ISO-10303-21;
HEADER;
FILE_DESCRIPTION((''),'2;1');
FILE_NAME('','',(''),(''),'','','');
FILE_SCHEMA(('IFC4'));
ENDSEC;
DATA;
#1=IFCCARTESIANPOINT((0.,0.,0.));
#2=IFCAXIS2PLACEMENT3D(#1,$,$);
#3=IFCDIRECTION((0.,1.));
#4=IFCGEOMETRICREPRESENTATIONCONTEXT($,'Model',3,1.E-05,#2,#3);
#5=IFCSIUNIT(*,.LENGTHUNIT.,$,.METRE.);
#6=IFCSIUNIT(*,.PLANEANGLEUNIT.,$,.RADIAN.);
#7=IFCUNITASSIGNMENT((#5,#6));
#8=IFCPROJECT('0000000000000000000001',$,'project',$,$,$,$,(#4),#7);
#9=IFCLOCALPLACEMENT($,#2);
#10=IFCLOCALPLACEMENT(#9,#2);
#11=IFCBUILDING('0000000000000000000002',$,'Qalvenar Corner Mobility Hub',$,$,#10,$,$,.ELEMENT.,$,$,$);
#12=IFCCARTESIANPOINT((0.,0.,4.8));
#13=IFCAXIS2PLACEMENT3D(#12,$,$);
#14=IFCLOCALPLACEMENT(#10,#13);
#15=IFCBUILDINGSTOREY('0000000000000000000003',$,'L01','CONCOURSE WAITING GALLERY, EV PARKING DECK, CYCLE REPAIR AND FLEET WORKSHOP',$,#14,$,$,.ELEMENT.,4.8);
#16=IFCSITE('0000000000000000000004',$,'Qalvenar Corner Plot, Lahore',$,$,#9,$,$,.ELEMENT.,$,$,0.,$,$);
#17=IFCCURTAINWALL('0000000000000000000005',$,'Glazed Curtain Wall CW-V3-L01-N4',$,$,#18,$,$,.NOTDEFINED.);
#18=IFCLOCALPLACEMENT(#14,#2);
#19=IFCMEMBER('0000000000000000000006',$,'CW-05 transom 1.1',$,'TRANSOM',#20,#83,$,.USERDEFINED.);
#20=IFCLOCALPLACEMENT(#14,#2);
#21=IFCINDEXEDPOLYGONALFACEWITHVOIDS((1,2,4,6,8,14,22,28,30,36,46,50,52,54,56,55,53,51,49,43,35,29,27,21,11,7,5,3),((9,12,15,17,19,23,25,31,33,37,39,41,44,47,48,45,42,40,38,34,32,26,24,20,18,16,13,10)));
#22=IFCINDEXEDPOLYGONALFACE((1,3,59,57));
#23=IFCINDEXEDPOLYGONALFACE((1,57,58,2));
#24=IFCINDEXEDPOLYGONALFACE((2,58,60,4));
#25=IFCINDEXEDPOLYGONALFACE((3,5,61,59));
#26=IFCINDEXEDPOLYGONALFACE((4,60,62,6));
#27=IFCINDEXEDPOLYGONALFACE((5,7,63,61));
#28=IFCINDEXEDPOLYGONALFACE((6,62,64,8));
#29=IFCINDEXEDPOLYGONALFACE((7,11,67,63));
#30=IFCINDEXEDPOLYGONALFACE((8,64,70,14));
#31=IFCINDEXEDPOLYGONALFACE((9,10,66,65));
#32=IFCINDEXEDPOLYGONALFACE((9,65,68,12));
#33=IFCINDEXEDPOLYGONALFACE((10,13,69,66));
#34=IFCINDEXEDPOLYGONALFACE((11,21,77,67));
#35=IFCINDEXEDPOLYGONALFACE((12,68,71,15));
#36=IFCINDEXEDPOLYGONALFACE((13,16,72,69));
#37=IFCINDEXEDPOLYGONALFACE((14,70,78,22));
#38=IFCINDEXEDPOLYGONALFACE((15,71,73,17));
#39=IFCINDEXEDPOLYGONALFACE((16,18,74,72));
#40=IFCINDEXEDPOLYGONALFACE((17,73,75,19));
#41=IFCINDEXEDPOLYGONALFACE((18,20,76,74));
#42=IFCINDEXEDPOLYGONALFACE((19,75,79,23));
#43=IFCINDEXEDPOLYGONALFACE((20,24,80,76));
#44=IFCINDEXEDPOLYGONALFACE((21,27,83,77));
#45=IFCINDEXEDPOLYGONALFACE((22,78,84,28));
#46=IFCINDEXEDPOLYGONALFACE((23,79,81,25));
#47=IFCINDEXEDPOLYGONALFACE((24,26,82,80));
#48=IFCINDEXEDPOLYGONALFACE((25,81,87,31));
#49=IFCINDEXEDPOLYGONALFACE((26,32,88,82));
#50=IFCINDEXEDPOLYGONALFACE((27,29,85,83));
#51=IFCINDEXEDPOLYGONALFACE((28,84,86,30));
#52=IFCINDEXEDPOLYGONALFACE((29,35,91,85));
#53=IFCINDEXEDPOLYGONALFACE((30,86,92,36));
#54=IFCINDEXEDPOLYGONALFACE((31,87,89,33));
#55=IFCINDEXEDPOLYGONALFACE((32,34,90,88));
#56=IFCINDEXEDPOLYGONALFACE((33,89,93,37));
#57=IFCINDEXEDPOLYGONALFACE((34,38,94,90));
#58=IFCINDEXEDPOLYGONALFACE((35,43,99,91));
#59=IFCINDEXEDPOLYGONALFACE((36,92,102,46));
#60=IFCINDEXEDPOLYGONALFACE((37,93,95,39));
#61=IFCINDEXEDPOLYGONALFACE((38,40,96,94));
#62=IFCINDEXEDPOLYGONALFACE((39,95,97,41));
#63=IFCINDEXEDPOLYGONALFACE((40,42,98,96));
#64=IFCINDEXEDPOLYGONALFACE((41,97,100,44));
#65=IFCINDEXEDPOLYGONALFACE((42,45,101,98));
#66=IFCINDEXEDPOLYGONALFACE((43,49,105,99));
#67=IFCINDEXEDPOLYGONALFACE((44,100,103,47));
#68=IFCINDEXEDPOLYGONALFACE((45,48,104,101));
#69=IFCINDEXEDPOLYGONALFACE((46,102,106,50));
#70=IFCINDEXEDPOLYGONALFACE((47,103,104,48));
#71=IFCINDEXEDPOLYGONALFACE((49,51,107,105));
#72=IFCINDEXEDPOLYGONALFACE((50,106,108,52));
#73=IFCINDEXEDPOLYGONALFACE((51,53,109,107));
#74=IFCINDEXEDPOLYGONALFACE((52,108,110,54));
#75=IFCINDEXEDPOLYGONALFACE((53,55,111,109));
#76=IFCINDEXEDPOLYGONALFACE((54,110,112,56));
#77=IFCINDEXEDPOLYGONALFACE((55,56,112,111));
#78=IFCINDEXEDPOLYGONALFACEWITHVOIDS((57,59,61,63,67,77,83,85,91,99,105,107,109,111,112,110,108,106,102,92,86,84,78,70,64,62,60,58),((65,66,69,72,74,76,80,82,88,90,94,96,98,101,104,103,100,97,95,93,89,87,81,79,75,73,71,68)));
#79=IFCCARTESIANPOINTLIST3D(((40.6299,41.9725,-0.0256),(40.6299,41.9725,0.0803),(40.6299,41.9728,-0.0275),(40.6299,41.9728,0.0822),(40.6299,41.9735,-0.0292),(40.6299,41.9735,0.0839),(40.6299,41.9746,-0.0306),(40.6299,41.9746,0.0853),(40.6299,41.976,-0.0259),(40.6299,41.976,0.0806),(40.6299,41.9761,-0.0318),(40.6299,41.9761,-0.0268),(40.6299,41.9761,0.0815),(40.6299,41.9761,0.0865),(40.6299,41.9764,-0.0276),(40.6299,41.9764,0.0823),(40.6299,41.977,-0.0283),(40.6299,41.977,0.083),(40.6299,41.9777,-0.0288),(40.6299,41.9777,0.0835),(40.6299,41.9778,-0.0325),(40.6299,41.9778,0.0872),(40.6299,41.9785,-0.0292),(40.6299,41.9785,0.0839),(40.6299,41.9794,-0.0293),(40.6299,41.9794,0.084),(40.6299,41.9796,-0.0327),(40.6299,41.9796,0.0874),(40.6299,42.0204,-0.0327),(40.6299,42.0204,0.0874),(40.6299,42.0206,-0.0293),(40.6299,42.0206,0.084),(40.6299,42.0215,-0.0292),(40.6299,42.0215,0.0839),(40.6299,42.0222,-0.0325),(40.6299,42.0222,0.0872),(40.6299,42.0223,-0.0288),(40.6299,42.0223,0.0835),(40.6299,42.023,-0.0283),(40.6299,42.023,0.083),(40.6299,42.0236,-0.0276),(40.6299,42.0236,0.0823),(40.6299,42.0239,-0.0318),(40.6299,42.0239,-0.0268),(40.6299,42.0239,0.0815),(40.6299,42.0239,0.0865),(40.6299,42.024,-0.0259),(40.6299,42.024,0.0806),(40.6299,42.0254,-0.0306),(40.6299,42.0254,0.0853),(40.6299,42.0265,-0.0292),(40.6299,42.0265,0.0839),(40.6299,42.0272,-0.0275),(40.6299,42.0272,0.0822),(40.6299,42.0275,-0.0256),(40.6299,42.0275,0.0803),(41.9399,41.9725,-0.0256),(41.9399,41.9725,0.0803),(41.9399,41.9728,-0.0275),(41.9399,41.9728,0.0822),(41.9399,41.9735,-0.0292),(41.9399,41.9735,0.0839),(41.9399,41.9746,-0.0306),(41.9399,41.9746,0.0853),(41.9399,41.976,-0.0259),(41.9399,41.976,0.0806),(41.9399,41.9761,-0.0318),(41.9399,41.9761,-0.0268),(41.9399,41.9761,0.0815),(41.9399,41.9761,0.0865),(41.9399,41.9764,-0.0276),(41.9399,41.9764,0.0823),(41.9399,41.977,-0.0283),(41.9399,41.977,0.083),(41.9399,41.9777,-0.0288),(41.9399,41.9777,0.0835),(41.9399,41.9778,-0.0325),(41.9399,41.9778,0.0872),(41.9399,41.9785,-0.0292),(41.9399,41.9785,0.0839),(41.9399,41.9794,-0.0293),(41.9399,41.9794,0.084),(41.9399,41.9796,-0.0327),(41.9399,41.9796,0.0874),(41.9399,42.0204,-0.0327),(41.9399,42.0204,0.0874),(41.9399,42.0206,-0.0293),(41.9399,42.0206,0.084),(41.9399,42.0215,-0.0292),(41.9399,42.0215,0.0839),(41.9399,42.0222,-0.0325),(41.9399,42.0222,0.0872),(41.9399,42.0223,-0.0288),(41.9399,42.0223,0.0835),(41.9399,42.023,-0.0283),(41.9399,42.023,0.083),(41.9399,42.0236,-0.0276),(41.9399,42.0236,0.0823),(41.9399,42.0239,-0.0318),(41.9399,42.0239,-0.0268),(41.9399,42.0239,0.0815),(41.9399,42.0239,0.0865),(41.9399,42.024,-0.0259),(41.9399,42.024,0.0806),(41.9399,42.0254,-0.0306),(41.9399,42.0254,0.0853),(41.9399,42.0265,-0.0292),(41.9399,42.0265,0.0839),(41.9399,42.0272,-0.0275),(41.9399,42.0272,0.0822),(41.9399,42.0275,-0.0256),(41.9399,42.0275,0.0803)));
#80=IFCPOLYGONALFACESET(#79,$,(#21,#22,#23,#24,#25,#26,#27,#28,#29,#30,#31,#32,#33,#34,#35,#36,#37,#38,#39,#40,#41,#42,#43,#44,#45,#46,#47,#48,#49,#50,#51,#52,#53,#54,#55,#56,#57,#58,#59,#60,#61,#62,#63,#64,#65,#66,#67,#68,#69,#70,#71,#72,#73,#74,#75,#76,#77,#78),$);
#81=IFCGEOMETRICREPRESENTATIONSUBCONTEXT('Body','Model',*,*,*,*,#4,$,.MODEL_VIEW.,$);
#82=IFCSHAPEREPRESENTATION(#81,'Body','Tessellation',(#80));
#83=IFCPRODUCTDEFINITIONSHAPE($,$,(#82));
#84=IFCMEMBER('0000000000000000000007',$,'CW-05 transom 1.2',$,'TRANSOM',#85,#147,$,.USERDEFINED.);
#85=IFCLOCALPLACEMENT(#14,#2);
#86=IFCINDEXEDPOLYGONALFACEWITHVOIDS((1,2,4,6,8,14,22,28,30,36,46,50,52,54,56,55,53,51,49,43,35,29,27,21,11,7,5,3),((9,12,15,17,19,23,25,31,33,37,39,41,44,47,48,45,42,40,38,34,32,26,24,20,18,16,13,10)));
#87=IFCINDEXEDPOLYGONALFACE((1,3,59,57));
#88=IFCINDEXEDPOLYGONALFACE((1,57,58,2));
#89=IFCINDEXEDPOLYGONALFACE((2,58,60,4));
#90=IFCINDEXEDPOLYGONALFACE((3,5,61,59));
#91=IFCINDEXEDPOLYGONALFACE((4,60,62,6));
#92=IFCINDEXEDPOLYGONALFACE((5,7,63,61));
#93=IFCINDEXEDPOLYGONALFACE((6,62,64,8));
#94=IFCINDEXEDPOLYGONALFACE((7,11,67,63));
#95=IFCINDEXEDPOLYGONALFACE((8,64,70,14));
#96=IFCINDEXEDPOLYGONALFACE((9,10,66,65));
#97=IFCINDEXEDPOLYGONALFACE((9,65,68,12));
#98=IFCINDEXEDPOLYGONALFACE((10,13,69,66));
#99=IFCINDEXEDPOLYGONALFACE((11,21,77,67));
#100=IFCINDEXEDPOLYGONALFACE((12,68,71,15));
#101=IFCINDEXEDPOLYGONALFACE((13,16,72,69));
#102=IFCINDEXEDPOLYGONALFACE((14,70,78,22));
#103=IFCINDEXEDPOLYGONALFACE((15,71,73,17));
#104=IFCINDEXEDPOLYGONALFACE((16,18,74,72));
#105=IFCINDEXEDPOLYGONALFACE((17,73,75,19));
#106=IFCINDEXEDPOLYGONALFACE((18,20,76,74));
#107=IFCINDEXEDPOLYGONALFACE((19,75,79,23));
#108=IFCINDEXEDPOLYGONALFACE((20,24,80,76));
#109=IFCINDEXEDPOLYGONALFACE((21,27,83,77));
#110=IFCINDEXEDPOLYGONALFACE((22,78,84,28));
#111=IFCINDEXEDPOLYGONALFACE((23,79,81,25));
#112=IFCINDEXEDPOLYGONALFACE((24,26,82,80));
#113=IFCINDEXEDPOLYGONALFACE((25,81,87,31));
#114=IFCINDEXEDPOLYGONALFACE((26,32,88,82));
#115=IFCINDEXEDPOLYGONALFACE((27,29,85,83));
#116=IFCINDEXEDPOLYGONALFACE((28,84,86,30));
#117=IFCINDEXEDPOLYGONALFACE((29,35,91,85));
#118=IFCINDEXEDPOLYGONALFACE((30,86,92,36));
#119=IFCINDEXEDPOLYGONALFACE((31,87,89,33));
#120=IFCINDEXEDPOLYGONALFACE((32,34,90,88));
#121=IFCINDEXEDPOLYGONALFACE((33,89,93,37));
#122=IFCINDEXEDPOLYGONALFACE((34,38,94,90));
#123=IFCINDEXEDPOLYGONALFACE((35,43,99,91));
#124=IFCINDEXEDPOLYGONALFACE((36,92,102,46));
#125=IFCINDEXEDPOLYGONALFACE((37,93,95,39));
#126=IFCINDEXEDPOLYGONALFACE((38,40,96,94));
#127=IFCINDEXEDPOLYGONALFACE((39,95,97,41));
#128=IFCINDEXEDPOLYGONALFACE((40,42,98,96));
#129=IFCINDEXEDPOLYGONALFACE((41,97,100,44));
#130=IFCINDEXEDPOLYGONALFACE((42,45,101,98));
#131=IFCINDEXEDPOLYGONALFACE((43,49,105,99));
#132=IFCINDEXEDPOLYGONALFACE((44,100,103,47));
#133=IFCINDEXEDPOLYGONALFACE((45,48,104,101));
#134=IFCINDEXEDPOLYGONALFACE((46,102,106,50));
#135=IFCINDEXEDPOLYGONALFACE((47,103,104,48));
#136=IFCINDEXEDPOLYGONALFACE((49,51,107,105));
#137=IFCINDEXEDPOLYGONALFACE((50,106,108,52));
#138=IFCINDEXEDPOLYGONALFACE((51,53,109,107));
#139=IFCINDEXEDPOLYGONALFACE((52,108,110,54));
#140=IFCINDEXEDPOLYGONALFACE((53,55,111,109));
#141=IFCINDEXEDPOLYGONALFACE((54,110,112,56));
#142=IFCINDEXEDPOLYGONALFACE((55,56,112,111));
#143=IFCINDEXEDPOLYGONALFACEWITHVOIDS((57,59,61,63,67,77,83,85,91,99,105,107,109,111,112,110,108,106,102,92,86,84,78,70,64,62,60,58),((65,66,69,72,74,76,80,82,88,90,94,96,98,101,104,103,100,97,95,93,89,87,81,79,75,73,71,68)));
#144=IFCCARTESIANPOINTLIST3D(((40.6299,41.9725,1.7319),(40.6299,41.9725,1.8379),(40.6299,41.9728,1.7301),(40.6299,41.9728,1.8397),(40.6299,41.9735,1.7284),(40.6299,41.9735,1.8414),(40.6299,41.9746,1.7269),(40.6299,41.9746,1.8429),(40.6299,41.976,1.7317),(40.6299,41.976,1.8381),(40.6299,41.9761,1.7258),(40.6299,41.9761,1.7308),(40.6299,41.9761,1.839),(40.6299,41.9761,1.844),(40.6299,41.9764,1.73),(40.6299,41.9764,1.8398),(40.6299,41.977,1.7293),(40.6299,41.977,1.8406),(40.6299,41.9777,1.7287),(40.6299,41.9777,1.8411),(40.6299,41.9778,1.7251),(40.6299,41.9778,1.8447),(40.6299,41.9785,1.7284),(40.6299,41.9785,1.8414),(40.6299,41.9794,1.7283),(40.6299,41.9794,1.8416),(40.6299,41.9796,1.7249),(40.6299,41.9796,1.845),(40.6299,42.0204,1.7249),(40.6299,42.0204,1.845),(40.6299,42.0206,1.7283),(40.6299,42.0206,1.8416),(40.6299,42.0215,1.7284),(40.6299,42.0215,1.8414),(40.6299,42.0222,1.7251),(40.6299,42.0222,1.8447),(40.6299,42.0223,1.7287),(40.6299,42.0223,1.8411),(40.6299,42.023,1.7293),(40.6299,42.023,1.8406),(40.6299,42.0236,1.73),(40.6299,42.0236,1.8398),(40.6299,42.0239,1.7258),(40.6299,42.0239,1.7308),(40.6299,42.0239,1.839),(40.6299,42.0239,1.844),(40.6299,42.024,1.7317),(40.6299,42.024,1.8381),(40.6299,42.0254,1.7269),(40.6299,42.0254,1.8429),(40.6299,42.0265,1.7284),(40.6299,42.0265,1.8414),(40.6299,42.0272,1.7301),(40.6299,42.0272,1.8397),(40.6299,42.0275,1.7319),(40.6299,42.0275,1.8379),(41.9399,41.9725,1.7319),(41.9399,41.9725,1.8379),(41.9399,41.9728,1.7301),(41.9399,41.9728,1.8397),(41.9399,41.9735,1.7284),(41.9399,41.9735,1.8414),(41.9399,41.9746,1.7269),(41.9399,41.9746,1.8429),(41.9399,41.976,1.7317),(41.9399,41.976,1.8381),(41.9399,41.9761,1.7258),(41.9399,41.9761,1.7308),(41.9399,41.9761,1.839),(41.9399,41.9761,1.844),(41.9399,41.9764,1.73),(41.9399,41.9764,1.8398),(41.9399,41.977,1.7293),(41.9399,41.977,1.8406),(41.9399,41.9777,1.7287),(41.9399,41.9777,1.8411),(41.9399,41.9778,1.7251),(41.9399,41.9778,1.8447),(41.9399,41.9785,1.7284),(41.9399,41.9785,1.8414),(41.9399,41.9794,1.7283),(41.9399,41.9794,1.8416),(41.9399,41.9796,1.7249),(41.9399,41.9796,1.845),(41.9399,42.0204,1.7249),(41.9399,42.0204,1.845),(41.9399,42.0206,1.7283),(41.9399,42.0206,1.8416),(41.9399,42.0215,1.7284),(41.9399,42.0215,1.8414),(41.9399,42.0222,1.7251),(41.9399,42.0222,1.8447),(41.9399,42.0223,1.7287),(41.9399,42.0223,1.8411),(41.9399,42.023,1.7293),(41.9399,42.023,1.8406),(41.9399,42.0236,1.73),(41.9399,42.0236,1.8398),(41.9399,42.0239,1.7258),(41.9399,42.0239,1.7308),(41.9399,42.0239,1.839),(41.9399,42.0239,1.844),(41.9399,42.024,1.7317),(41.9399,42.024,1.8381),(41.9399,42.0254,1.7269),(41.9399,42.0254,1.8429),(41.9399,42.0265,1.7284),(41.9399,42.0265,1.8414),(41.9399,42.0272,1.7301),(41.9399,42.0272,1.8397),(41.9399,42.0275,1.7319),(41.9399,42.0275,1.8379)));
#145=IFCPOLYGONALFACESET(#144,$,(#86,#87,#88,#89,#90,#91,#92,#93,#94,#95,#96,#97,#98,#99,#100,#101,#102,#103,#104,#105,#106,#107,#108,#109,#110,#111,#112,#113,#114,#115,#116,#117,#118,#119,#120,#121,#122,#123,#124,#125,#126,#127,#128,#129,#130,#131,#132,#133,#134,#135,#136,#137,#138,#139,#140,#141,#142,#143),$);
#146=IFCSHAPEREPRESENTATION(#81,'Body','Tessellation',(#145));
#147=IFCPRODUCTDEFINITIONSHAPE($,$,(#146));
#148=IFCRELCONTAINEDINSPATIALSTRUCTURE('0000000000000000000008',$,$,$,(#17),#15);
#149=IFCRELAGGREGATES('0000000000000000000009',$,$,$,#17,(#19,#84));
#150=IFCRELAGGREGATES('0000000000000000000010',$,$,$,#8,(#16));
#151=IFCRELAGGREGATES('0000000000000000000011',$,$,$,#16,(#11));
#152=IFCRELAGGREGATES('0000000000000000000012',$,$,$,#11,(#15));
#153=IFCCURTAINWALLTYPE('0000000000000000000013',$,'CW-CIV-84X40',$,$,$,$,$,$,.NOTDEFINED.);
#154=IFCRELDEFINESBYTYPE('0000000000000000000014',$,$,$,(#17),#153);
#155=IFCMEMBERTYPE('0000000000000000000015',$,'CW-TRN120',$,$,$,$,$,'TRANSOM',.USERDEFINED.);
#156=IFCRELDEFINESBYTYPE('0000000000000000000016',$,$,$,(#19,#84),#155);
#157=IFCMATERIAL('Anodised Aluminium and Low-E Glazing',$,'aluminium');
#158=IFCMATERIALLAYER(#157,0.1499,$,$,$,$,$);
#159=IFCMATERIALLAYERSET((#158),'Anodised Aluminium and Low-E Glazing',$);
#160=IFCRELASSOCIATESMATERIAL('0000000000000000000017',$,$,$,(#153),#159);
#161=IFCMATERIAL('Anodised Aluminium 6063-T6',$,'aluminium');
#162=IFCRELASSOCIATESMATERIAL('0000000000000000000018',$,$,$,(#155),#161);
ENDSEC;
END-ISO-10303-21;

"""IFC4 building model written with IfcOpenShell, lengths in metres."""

from ifc_helpers import new_model, si_unit, direction, frame, origin, origin_2d, place, context, subcontext, project, spatial, hollow_rectangle, extrude, material, layer, layer_set, material_profile, profile_set, type_object, element, aggregate, save


model = new_model("IFC4")

# Units and contexts
model_context = context("Model", 3, precision=1e-05, world=origin(), true_north=direction((0.0, 1.0)))
body_context = subcontext(model_context, "Body", "Model", "MODEL_VIEW")
ifc_project = project(units=[si_unit("LENGTHUNIT", "METRE"), si_unit("PLANEANGLEUNIT", "RADIAN")], contexts=[model_context])

# Site, building, storey
site_placement = place(None, origin())
site = spatial("IfcSite", under=ifc_project, at=site_placement, Name="Qalvenar Corner Plot, Lahore", CompositionType="ELEMENT", RefElevation=0.0)
building_placement = place(site_placement, origin())
building = spatial("IfcBuilding", under=site, at=building_placement, Name="Qalvenar Corner Mobility Hub", CompositionType="ELEMENT")
storey_placement = place(building_placement, frame((0.0, 0.0, 4.8)))
storey = spatial("IfcBuildingStorey", under=building, at=storey_placement, Name="L01", Description="CONCOURSE WAITING GALLERY, EV PARKING DECK, CYCLE REPAIR AND FLEET WORKSHOP", CompositionType="ELEMENT", Elevation=4.8)

# Shared definitions
ifc_material_1 = material(Name="Anodised Aluminium and Low-E Glazing", Category="aluminium")
ifc_material_2 = material(Name="Anodised Aluminium 6063-T6", Category="aluminium")

# Curtain wall
ifc_layer_1 = layer(ifc_material_1, 0.1499)
ifc_layer_set_1 = layer_set([ifc_layer_1], Name="Anodised Aluminium and Low-E Glazing")
curtain_wall_type_1 = type_object("IfcCurtainWallType", Name="CW-CIV-84X40", PredefinedType="NOTDEFINED", material=ifc_layer_set_1)
curtain_wall_1_placement = place(storey_placement, origin())
curtain_wall_1 = element("IfcCurtainWall", 1, at=curtain_wall_1_placement, inside=storey, type_object=curtain_wall_type_1, Name="Glazed Curtain Wall CW-V3-L01-N4", PredefinedType="NOTDEFINED")

# Members
ifc_material_profile_1 = material_profile(ifc_material_2, hollow_rectangle(XDim=0.0549, YDim=0.1201, WallThickness=0.0034, InnerFilletRadius=0.0034, OuterFilletRadius=0.0071, at=origin_2d()), Name="RHS120x55x3.5")
ifc_profile_set_1 = profile_set([ifc_material_profile_1], Name="Anodised Aluminium 6063-T6")
member_type_1 = type_object("IfcMemberType", Name="CW-TRN120", ElementType="TRANSOM", PredefinedType="USERDEFINED", material=ifc_profile_set_1)
member_1_placement = place(storey_placement, frame((41.9399, 42.0, 0.0273), z_axis=(-1.0, 0.0, 0.0), x_axis=(0.0, -1.0, 0.0)))
member_1 = element("IfcMember", 2, at=member_1_placement, type_object=member_type_1, Name="CW-05 transom 1.1", ObjectType="TRANSOM", PredefinedType="USERDEFINED", context=body_context, shape_type="SweptSolid", body=[
    extrude(hollow_rectangle(XDim=0.0549, YDim=0.1201, WallThickness=0.0034, InnerFilletRadius=0.0034, OuterFilletRadius=0.0071, at=origin_2d()), origin(), (0.0, 0.0, 1.0), 1.3101),
])
member_2_placement = place(storey_placement, frame((41.9399, 42.0, 1.7849), z_axis=(-1.0, 0.0, 0.0), x_axis=(0.0, -1.0, 0.0)))
member_2 = element("IfcMember", 3, at=member_2_placement, type_object=member_type_1, Name="CW-05 transom 1.2", ObjectType="TRANSOM", PredefinedType="USERDEFINED", context=body_context, shape_type="SweptSolid", body=[
    extrude(hollow_rectangle(XDim=0.0549, YDim=0.1201, WallThickness=0.0034, InnerFilletRadius=0.0034, OuterFilletRadius=0.0071, at=origin_2d()), origin(), (0.0, 0.0, 1.0), 1.3101),
])

aggregate(curtain_wall_1, [member_1, member_2])

save(model, "model.ifc")
